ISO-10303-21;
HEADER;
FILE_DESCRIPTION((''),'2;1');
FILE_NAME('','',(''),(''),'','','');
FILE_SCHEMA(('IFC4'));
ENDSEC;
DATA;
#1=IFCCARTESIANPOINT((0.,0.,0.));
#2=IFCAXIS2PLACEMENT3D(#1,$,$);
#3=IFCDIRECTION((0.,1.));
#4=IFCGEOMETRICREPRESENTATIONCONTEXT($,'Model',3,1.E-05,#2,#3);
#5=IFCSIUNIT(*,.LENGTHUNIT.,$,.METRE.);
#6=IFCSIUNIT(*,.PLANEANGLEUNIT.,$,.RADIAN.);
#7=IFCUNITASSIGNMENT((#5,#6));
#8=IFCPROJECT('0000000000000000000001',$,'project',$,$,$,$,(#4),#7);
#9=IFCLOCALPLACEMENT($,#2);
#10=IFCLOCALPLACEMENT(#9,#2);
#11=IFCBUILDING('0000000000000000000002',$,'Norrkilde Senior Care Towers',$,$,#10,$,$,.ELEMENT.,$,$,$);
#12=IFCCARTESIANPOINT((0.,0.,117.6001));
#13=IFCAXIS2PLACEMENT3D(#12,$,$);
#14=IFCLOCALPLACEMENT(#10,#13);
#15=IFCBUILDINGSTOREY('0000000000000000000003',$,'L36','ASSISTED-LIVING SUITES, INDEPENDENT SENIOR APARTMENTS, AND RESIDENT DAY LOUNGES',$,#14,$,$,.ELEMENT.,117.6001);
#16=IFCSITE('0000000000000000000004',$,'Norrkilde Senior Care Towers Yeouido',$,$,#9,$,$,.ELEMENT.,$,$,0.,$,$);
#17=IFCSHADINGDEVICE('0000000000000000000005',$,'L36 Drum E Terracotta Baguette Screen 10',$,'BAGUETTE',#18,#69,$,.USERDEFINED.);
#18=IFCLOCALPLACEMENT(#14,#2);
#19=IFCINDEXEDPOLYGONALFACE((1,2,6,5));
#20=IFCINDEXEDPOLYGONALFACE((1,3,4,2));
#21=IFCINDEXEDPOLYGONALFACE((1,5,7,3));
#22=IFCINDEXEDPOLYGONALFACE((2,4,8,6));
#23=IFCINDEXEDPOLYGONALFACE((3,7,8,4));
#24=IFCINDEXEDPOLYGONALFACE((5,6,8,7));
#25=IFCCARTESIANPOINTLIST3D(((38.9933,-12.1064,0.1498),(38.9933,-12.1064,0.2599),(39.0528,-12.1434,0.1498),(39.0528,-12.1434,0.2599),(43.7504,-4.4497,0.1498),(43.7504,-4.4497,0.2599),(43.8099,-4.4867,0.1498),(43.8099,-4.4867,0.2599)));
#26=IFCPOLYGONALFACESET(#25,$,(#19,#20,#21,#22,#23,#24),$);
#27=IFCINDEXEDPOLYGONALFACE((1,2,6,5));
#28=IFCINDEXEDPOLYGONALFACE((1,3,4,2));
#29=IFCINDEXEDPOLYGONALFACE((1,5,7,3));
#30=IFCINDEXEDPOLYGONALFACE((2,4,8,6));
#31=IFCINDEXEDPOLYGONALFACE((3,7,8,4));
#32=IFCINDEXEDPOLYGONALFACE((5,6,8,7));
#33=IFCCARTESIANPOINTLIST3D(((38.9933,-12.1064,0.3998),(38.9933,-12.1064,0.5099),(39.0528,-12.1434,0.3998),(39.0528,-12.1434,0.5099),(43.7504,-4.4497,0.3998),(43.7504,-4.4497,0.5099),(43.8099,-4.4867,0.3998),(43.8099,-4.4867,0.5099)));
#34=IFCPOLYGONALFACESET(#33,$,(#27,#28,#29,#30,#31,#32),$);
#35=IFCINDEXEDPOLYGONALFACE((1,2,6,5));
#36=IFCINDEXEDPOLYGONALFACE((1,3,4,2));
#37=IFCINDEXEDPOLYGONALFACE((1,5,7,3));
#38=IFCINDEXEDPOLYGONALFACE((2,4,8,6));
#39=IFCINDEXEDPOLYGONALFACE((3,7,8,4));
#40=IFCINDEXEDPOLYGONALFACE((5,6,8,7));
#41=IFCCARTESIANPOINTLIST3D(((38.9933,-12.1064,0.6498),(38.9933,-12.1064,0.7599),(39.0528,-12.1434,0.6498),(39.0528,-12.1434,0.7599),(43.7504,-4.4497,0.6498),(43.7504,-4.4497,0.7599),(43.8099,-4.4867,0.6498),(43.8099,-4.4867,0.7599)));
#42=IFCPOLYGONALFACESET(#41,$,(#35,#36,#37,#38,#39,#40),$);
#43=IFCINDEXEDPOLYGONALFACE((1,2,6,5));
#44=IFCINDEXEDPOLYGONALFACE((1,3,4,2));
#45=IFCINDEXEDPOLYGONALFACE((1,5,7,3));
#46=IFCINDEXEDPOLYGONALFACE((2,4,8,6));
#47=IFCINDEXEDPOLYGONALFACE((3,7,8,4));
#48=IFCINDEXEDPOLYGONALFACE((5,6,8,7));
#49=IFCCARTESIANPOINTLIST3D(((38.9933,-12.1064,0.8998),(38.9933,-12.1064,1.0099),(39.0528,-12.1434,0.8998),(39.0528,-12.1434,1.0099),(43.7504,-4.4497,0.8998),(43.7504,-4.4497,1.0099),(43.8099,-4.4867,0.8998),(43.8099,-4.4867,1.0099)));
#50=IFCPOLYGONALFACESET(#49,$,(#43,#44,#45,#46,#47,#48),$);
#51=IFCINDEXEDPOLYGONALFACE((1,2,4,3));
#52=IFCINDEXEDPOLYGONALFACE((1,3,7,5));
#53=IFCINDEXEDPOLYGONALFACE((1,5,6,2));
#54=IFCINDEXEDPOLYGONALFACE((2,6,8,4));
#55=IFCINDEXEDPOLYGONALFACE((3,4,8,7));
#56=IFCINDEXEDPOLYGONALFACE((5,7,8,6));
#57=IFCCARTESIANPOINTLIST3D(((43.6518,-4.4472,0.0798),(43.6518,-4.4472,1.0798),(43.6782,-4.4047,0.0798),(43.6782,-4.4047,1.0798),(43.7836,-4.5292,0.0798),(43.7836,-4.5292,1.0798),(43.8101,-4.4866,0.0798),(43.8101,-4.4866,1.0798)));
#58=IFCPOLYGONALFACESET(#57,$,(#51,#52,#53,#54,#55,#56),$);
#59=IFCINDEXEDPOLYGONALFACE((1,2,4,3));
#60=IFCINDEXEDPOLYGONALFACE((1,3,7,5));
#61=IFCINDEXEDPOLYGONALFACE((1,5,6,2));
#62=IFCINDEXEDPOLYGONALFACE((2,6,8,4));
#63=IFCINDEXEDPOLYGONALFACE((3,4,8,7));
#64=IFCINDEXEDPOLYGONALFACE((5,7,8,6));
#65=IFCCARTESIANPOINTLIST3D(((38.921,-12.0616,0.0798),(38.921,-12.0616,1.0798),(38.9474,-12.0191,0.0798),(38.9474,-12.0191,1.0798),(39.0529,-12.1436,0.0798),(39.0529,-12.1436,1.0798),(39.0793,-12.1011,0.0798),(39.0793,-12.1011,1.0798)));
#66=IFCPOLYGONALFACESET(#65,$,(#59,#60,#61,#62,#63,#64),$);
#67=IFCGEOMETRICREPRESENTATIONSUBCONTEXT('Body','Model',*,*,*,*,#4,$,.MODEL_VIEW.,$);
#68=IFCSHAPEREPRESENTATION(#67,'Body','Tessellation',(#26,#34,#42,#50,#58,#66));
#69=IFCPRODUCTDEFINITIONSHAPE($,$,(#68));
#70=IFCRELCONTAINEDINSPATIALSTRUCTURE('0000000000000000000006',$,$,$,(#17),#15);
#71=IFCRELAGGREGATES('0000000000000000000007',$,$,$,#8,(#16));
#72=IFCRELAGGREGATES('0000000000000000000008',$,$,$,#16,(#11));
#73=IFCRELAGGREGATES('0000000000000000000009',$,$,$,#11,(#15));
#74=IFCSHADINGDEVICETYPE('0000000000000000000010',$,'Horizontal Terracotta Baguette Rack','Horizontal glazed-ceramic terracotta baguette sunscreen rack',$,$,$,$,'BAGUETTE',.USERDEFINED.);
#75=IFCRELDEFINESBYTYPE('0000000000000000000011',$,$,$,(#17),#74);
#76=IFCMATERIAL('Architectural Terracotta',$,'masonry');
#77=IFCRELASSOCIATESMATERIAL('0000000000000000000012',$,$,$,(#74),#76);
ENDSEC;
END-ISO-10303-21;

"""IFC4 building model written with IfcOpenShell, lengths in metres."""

from ifc_helpers import new_model, si_unit, direction, frame, origin, origin_2d, place, context, subcontext, project, spatial, rectangle, extrude, source, transform, mapped, material, type_object, type_shapes, element, save


model = new_model("IFC4")

# Units and contexts
model_context = context("Model", 3, precision=1e-05, world=origin(), true_north=direction((0.0, 1.0)))
body_context = subcontext(model_context, "Body", "Model", "MODEL_VIEW")
ifc_project = project(units=[si_unit("LENGTHUNIT", "METRE"), si_unit("PLANEANGLEUNIT", "RADIAN")], contexts=[model_context])

# Site, building, storey
site_placement = place(None, origin())
site = spatial("IfcSite", under=ifc_project, at=site_placement, Name="Norrkilde Senior Care Towers Yeouido", CompositionType="ELEMENT", RefElevation=0.0)
building_placement = place(site_placement, origin())
building = spatial("IfcBuilding", under=site, at=building_placement, Name="Norrkilde Senior Care Towers", CompositionType="ELEMENT")
storey_placement = place(building_placement, frame((0.0, 0.0, 117.6001)))
storey = spatial("IfcBuildingStorey", under=building, at=storey_placement, Name="L36", Description="ASSISTED-LIVING SUITES, INDEPENDENT SENIOR APARTMENTS, AND RESIDENT DAY LOUNGES", CompositionType="ELEMENT", Elevation=117.6001)

# Shading device
ifc_material_1 = material(Name="Architectural Terracotta", Category="masonry")
shading_device_type = type_object("IfcShadingDeviceType", Name="Horizontal Terracotta Baguette Rack", Description="Horizontal glazed-ceramic terracotta baguette sunscreen rack", ElementType="BAGUETTE", PredefinedType="USERDEFINED", material=ifc_material_1)
shared_shape_1 = source(origin(), body_context, "Body", "SweptSolid", [
    extrude(rectangle(XDim=0.0701, YDim=0.1101, at=origin_2d()), frame((0.0, 0.0901, 0.125), z_axis=(1.0, 0.0, 0.0), x_axis=(0.0, 1.0, 0.0)), (0.0, 0.0, 1.0), 9.0142),
    extrude(rectangle(XDim=0.0701, YDim=0.1101, at=origin_2d()), frame((0.0, 0.0901, 0.375), z_axis=(1.0, 0.0, 0.0), x_axis=(0.0, 1.0, 0.0)), (0.0, 0.0, 1.0), 9.0142),
    extrude(rectangle(XDim=0.0701, YDim=0.1101, at=origin_2d()), frame((0.0, 0.0901, 0.625), z_axis=(1.0, 0.0, 0.0), x_axis=(0.0, 1.0, 0.0)), (0.0, 0.0, 1.0), 9.0142),
    extrude(rectangle(XDim=0.0701, YDim=0.1101, at=origin_2d()), frame((0.0, 0.0901, 0.875), z_axis=(1.0, 0.0, 0.0), x_axis=(0.0, 1.0, 0.0)), (0.0, 0.0, 1.0), 9.0142),
    extrude(rectangle(XDim=0.05, YDim=0.1553, at=origin_2d()), frame((0.0249, 0.0476, 0.0)), (0.0, 0.0, 1.0), 1.0),
    extrude(rectangle(XDim=0.05, YDim=0.1553, at=origin_2d()), frame((8.9893, 0.0476, 0.0)), (0.0, 0.0, 1.0), 1.0),
])
type_shapes(shading_device_type, [shared_shape_1])
shading_device_placement = place(storey_placement, frame((43.7036, -4.4207, 0.0798), z_axis=(0.0, 0.0, 1.0), x_axis=(-0.527734, -0.849412, 0.0)))
element("IfcShadingDevice", 1, at=shading_device_placement, inside=storey, type_object=shading_device_type, Name="L36 Drum E Terracotta Baguette Screen 10", ObjectType="BAGUETTE", PredefinedType="USERDEFINED", context=body_context, shape_type="MappedRepresentation", body=[
    mapped(shared_shape_1, transform((0.0, 0.0, 0.0), x_axis=(1.0, 0.0, 0.0), y_axis=(0.0, 1.0, 0.0), z_axis=(0.0, 0.0, 1.0), scale=1.0)),
])

save(model, "model.ifc")
